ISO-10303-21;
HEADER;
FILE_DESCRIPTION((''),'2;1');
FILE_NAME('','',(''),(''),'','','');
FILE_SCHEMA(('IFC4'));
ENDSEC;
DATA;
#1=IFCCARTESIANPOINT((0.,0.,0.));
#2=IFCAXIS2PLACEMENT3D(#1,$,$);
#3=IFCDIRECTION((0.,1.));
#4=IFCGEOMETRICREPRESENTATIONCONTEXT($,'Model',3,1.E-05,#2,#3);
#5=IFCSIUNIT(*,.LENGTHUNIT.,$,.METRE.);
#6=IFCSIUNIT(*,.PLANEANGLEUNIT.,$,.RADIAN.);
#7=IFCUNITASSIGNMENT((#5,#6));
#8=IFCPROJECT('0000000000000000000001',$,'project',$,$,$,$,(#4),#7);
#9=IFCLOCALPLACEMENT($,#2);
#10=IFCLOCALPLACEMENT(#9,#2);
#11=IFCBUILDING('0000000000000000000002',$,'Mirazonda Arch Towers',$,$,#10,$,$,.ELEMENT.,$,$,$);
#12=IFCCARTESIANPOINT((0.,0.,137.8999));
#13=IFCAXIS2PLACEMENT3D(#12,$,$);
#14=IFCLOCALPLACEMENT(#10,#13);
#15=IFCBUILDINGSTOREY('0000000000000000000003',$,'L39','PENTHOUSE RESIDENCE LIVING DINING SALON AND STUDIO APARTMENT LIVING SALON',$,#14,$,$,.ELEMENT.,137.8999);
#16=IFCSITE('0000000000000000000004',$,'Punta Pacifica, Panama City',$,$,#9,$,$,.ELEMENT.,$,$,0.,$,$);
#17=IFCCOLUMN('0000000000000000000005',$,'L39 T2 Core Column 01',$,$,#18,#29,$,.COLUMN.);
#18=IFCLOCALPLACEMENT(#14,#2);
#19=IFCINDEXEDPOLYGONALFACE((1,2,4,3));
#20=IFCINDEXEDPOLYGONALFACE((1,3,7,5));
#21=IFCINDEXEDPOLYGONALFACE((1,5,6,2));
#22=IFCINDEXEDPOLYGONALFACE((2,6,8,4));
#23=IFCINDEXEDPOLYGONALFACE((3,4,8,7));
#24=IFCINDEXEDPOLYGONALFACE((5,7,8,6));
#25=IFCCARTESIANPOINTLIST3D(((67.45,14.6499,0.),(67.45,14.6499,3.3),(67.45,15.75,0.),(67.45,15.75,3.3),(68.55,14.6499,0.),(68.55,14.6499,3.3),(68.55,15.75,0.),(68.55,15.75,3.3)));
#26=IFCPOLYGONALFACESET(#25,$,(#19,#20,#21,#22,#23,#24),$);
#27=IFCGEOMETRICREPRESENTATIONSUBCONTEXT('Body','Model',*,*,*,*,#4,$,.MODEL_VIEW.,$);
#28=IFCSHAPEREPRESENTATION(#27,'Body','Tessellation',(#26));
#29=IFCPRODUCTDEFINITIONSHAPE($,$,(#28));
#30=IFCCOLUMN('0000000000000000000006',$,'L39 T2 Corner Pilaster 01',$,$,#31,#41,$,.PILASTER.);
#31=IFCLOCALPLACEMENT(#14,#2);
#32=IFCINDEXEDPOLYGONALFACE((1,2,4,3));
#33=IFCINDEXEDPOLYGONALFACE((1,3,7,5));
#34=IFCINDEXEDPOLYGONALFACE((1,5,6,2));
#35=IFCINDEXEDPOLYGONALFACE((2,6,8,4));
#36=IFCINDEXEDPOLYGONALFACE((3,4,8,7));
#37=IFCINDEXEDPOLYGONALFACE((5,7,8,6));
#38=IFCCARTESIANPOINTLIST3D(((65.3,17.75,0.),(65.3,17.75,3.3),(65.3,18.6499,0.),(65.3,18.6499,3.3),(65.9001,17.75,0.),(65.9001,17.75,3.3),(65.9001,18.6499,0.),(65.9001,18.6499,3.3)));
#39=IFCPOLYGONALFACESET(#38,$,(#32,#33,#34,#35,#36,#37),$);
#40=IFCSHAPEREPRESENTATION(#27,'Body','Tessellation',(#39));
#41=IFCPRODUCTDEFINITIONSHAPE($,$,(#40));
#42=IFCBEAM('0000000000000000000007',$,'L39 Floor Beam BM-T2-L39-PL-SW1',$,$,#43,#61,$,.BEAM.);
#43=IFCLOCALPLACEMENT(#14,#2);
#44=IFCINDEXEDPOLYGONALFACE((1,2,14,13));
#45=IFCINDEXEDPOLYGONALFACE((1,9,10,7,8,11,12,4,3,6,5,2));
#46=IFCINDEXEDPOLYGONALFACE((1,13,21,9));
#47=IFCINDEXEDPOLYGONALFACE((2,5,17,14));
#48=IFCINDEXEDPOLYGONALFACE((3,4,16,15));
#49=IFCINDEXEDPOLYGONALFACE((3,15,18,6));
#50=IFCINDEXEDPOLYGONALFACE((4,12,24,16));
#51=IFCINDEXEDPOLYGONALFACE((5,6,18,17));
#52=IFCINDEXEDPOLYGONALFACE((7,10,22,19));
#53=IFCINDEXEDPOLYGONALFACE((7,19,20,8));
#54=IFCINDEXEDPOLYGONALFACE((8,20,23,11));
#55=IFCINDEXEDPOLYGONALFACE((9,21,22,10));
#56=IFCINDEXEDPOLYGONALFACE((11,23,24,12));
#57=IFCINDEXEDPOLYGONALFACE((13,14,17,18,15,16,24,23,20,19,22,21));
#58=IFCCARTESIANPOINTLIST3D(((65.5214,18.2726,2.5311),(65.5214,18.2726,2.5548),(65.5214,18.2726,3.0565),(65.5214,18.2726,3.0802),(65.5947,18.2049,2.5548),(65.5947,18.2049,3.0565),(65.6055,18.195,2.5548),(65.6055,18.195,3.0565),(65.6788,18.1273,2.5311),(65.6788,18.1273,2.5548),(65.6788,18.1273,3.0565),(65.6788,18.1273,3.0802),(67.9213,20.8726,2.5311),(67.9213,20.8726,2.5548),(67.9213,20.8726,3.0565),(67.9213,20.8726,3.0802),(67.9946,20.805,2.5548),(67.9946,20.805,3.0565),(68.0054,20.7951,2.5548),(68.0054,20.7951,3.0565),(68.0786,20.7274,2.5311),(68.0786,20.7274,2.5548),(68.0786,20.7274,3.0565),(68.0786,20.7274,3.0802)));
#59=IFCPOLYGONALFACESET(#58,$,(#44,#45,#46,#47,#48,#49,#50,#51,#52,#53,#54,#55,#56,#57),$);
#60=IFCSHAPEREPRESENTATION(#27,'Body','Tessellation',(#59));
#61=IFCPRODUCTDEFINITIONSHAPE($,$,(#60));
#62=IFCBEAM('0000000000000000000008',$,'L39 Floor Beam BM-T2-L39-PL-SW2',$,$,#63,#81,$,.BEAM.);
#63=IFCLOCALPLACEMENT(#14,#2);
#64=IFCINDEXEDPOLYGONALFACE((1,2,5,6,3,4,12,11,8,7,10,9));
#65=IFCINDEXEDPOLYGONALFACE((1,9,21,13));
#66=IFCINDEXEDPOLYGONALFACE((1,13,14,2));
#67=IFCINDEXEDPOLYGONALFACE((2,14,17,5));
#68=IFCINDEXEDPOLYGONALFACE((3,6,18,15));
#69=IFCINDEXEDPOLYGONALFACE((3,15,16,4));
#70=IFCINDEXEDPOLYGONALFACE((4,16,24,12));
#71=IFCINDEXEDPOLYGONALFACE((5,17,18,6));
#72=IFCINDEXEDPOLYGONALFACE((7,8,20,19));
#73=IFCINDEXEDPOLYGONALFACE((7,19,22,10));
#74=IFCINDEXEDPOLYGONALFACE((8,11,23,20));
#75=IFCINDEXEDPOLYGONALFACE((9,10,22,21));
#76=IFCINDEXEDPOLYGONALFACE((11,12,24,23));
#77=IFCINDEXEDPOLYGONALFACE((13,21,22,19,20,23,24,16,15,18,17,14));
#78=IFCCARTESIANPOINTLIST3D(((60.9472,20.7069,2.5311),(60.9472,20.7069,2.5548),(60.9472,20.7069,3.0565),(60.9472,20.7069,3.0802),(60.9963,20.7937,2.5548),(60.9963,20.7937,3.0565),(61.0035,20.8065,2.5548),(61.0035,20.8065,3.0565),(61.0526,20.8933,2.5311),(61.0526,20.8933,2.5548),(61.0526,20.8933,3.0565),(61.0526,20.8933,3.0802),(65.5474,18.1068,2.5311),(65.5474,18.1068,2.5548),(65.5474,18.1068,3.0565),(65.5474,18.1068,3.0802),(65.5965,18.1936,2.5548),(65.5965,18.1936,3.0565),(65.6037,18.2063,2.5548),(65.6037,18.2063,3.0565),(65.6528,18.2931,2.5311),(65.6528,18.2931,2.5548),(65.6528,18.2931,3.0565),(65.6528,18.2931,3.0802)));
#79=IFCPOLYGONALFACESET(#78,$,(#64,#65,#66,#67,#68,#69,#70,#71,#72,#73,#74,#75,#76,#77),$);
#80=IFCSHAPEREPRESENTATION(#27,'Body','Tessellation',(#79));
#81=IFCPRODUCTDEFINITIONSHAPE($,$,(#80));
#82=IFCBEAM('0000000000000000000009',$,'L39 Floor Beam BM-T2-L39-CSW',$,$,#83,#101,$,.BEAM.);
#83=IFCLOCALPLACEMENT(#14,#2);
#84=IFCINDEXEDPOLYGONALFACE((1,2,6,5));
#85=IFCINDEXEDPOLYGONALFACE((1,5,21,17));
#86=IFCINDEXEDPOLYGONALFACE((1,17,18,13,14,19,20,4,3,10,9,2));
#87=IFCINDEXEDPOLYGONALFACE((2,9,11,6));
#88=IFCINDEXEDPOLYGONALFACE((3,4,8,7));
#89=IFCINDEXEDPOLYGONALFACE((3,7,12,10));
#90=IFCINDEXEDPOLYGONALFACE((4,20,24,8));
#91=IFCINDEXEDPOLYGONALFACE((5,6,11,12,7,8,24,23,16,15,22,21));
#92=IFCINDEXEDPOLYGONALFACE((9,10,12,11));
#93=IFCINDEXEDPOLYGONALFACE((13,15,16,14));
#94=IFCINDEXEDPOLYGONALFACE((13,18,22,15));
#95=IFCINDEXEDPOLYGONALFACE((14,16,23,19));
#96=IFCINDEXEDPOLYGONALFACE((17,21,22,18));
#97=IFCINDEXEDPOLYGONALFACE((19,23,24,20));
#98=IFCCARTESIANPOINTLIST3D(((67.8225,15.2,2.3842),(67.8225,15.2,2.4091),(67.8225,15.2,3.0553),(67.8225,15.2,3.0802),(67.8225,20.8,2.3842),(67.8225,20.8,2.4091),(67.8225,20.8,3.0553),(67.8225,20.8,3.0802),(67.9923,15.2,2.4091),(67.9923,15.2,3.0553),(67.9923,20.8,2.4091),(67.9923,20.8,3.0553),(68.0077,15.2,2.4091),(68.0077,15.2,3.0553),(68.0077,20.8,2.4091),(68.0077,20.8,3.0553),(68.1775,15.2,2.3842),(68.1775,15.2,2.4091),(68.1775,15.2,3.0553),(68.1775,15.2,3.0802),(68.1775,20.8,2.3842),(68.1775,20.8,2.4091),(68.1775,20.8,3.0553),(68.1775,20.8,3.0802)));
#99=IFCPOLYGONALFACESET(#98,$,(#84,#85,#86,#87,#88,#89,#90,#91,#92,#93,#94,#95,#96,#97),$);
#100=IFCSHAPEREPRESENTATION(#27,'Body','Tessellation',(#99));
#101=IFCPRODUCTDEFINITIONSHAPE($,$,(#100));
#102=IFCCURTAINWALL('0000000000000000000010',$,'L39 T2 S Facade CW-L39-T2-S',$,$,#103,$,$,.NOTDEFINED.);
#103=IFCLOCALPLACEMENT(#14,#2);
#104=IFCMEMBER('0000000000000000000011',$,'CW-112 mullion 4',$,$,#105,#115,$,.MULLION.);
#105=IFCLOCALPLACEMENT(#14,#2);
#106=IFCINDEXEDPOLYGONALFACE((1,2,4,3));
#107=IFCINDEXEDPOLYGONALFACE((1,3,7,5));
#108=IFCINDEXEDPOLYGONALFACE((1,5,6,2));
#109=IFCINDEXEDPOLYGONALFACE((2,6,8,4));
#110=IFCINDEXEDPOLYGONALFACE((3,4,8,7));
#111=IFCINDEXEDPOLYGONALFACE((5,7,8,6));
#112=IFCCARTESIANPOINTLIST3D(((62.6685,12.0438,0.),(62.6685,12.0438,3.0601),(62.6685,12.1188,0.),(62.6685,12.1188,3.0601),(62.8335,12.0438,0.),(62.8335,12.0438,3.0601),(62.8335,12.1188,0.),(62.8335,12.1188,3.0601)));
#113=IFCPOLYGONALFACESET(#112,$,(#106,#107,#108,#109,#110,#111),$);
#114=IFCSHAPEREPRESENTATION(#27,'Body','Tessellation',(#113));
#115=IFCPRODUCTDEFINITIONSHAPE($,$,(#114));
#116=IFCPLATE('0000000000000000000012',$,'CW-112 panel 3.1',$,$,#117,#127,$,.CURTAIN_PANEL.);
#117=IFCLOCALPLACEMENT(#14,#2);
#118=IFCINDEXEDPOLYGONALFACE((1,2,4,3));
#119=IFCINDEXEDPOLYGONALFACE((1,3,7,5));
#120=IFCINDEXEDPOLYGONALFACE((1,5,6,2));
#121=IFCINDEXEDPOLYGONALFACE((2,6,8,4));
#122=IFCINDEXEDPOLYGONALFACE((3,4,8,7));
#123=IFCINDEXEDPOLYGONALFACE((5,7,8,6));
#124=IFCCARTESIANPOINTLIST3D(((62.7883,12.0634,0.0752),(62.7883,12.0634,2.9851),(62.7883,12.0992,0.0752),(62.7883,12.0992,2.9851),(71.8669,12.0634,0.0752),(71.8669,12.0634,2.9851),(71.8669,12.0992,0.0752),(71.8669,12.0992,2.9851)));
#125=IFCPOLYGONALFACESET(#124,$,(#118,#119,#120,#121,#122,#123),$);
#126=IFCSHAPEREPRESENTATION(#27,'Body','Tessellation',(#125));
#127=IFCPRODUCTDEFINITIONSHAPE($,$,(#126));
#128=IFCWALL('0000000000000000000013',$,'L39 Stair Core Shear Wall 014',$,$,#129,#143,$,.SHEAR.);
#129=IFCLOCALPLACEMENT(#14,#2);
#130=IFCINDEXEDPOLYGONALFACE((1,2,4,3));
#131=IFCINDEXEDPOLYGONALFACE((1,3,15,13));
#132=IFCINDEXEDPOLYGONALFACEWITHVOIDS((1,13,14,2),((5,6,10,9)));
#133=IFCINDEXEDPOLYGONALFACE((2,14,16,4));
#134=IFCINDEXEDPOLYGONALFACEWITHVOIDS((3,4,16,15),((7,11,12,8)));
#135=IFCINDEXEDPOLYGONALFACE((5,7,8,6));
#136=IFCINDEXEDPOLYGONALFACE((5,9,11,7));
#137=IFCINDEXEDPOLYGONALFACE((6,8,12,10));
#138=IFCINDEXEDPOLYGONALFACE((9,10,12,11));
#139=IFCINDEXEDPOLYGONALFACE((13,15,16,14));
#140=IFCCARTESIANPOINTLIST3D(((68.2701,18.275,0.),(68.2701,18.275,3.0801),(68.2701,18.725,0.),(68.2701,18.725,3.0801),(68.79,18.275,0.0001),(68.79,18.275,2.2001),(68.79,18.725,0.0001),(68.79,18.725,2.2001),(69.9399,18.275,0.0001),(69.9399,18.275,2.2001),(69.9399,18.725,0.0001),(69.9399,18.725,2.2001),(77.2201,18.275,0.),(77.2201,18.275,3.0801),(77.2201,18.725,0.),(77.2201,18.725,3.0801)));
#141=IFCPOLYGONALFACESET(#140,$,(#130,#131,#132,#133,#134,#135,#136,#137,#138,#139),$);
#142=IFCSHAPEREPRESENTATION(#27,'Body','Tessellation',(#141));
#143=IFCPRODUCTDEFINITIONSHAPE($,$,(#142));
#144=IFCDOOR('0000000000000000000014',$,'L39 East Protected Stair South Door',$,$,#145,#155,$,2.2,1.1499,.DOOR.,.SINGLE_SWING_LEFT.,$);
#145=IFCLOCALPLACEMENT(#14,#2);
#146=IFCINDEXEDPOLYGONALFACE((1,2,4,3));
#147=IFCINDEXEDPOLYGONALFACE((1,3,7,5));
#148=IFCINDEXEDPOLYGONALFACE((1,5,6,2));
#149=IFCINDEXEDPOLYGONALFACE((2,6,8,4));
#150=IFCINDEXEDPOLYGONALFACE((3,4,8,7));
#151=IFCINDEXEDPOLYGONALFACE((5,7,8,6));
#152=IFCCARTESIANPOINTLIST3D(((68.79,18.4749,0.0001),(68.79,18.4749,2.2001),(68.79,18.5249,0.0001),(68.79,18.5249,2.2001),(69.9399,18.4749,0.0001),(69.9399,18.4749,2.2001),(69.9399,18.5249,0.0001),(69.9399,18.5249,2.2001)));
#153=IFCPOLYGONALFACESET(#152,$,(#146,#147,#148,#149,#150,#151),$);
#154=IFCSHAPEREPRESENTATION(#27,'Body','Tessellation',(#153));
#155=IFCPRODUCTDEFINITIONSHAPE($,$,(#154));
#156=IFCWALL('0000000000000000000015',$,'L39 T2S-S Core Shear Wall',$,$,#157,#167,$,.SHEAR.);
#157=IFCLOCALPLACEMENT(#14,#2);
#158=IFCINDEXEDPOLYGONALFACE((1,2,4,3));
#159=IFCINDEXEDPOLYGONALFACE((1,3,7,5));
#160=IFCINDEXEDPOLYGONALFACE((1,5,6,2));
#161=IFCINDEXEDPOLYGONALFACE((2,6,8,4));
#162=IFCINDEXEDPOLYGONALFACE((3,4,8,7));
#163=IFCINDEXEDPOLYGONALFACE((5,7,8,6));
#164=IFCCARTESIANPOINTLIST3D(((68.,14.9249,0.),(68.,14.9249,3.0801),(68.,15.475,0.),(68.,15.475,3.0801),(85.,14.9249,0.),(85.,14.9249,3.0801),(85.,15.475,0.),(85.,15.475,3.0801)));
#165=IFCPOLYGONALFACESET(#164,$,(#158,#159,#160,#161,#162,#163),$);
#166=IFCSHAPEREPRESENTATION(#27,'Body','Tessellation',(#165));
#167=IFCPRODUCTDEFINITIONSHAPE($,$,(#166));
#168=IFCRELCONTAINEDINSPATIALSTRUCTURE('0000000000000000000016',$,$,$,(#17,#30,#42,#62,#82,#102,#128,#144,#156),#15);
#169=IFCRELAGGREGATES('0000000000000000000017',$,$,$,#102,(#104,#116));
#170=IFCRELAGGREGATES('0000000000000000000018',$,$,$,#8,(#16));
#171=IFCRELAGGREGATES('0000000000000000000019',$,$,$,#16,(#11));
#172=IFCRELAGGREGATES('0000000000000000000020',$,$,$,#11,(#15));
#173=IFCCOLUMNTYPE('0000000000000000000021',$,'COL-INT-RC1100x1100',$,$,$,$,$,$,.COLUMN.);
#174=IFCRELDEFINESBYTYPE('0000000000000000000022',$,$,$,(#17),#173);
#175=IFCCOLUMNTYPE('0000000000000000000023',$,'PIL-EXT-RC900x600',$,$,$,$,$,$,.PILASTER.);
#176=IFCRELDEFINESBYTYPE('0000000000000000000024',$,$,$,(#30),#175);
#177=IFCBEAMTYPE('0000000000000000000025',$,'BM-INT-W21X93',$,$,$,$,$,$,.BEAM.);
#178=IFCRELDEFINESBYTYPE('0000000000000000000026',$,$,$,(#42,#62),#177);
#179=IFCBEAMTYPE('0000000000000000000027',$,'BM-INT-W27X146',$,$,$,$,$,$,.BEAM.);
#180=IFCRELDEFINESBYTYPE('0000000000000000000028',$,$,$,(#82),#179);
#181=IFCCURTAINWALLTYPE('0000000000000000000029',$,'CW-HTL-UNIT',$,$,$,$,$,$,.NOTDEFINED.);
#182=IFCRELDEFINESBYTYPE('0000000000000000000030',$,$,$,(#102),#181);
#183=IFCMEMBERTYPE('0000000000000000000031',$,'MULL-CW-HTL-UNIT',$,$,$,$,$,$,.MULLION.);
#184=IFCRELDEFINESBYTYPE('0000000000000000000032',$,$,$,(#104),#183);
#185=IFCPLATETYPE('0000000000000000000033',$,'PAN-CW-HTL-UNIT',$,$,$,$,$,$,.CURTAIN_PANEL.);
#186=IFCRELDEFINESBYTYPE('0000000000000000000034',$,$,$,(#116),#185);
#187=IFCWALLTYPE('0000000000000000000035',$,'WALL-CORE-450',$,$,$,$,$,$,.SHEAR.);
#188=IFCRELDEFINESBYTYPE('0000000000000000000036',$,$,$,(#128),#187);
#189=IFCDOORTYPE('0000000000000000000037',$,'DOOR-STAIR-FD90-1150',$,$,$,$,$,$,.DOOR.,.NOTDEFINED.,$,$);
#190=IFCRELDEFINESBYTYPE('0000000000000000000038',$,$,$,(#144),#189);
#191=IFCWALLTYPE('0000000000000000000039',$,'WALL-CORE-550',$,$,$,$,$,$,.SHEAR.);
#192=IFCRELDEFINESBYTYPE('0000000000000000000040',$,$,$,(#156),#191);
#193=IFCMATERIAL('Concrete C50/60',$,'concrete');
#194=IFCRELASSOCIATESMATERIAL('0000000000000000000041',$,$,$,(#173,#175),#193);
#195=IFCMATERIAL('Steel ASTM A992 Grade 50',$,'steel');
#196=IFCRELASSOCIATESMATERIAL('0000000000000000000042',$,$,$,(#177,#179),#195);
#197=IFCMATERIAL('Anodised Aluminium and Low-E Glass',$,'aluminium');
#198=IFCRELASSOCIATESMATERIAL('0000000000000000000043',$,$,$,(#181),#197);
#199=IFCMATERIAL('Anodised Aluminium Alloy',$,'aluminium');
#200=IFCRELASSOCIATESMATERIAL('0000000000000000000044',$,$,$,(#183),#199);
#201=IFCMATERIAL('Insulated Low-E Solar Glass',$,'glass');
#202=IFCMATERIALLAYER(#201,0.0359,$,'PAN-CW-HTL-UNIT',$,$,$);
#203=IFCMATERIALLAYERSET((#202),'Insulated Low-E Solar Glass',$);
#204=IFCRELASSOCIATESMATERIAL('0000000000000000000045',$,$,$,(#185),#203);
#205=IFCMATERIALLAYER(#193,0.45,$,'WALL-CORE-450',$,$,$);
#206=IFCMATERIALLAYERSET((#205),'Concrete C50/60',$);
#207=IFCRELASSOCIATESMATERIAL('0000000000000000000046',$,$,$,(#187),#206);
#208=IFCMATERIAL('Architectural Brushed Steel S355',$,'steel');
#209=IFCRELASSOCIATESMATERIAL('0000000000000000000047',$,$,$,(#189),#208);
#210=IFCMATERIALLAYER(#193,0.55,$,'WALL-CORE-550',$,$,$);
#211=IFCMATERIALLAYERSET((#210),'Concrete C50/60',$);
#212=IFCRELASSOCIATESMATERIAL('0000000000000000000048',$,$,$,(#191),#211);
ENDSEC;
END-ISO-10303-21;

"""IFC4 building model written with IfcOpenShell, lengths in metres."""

from ifc_helpers import new_model, si_unit, direction, frame, frame_2d, origin, origin_2d, place, context, subcontext, project, spatial, rectangle, i_section, extrude, material, layer, layer_set, material_profile, profile_set, type_object, element, fill, aggregate, save


model = new_model("IFC4")

# Units and contexts
model_context = context("Model", 3, precision=1e-05, world=origin(), true_north=direction((0.0, 1.0)))
body_context = subcontext(model_context, "Body", "Model", "MODEL_VIEW")
ifc_project = project(units=[si_unit("LENGTHUNIT", "METRE"), si_unit("PLANEANGLEUNIT", "RADIAN")], contexts=[model_context])

# Site, building, storey
site_placement = place(None, origin())
site = spatial("IfcSite", under=ifc_project, at=site_placement, Name="Punta Pacifica, Panama City", CompositionType="ELEMENT", RefElevation=0.0)
building_placement = place(site_placement, origin())
building = spatial("IfcBuilding", under=site, at=building_placement, Name="Mirazonda Arch Towers", CompositionType="ELEMENT")
storey_placement = place(building_placement, frame((0.0, 0.0, 137.8999)))
storey = spatial("IfcBuildingStorey", under=building, at=storey_placement, Name="L39", Description="PENTHOUSE RESIDENCE LIVING DINING SALON AND STUDIO APARTMENT LIVING SALON", CompositionType="ELEMENT", Elevation=137.8999)

# Columns
ifc_material_1 = material(Name="Concrete C50/60", Category="concrete")
ifc_material_profile_1 = material_profile(ifc_material_1, rectangle(XDim=1.1001, YDim=1.1001, at=origin_2d()), Name="RC1100x1100")
ifc_profile_set_1 = profile_set([ifc_material_profile_1], Name="Concrete C50/60")
column_type_1 = type_object("IfcColumnType", Name="COL-INT-RC1100x1100", PredefinedType="COLUMN", material=ifc_profile_set_1)
column_1_placement = place(storey_placement, frame((68.0, 15.2, 0.0), z_axis=(0.0, 0.0, 1.0), x_axis=(1.0, 0.0, 0.0)))
element("IfcColumn", 1, at=column_1_placement, inside=storey, type_object=column_type_1, Name="L39 T2 Core Column 01", PredefinedType="COLUMN", context=body_context, shape_type="SweptSolid", body=[
    extrude(rectangle(XDim=1.1001, YDim=1.1001, at=origin_2d()), origin(), (0.0, 0.0, 1.0), 3.3),
])
ifc_material_profile_2 = material_profile(ifc_material_1, rectangle(XDim=0.6001, YDim=0.8999, at=origin_2d()), Name="RC900x600")
ifc_profile_set_2 = profile_set([ifc_material_profile_2], Name="Concrete C50/60")
column_type_2 = type_object("IfcColumnType", Name="PIL-EXT-RC900x600", PredefinedType="PILASTER", material=ifc_profile_set_2)
column_2_placement = place(storey_placement, frame((65.6001, 18.2, 0.0), z_axis=(0.0, 0.0, 1.0), x_axis=(1.0, 0.0, 0.0)))
element("IfcColumn", 2, at=column_2_placement, inside=storey, type_object=column_type_2, Name="L39 T2 Corner Pilaster 01", PredefinedType="PILASTER", context=body_context, shape_type="SweptSolid", body=[
    extrude(rectangle(XDim=0.6001, YDim=0.8999, at=origin_2d()), origin(), (0.0, 0.0, 1.0), 3.3),
])

# Beams
ifc_material_2 = material(Name="Steel ASTM A992 Grade 50", Category="steel")
ifc_material_profile_3 = material_profile(ifc_material_2, i_section(OverallWidth=0.2141, OverallDepth=0.5491, WebThickness=0.0146, FlangeThickness=0.0237, at=origin_2d()), Name="W21X93")
ifc_profile_set_3 = profile_set([ifc_material_profile_3], Name="Steel ASTM A992 Grade 50")
beam_type_1 = type_object("IfcBeamType", Name="BM-INT-W21X93", PredefinedType="BEAM", material=ifc_profile_set_3)
beam_1_placement = place(storey_placement, frame((65.6001, 18.2, 2.8057), z_axis=(0.678251, 0.73483, 0.0), x_axis=(-0.73483, 0.678251, 0.0)))
element("IfcBeam", 3, at=beam_1_placement, inside=storey, type_object=beam_type_1, Name="L39 Floor Beam BM-T2-L39-PL-SW1", PredefinedType="BEAM", context=body_context, shape_type="SweptSolid", body=[
    extrude(i_section(OverallWidth=0.2141, OverallDepth=0.5491, WebThickness=0.0146, FlangeThickness=0.0237, at=origin_2d()), origin(), (0.0, 0.0, 1.0), 3.5383),
])
beam_2_placement = place(storey_placement, frame((65.6001, 18.2, 2.8057), z_axis=(-0.870559, 0.492063, 0.0), x_axis=(-0.492063, -0.870559, 0.0)))
element("IfcBeam", 4, at=beam_2_placement, inside=storey, type_object=beam_type_1, Name="L39 Floor Beam BM-T2-L39-PL-SW2", PredefinedType="BEAM", context=body_context, shape_type="SweptSolid", body=[
    extrude(i_section(OverallWidth=0.2141, OverallDepth=0.5491, WebThickness=0.0146, FlangeThickness=0.0237, at=origin_2d()), origin(), (0.0, 0.0, 1.0), 5.2842),
])
ifc_material_profile_4 = material_profile(ifc_material_2, i_section(OverallWidth=0.355, OverallDepth=0.696, WebThickness=0.0154, FlangeThickness=0.0249, at=origin_2d()), Name="W27X146")
ifc_profile_set_4 = profile_set([ifc_material_profile_4], Name="Steel ASTM A992 Grade 50")
beam_type_2 = type_object("IfcBeamType", Name="BM-INT-W27X146", PredefinedType="BEAM", material=ifc_profile_set_4)
beam_3_placement = place(storey_placement, frame((68.0, 15.2, 2.7322), z_axis=(0.0, 1.0, 0.0), x_axis=(-1.0, 0.0, 0.0)))
element("IfcBeam", 5, at=beam_3_placement, inside=storey, type_object=beam_type_2, Name="L39 Floor Beam BM-T2-L39-CSW", PredefinedType="BEAM", context=body_context, shape_type="SweptSolid", body=[
    extrude(i_section(OverallWidth=0.355, OverallDepth=0.696, WebThickness=0.0154, FlangeThickness=0.0249, at=origin_2d()), origin(), (0.0, 0.0, 1.0), 5.6001),
])

# Curtain wall, member, plate
ifc_material_3 = material(Name="Anodised Aluminium and Low-E Glass", Category="aluminium")
curtain_wall_type = type_object("IfcCurtainWallType", Name="CW-HTL-UNIT", PredefinedType="NOTDEFINED", material=ifc_material_3)
curtain_wall_placement = place(storey_placement, origin())
curtain_wall = element("IfcCurtainWall", 6, at=curtain_wall_placement, inside=storey, type_object=curtain_wall_type, Name="L39 T2 S Facade CW-L39-T2-S", PredefinedType="NOTDEFINED")
ifc_material_4 = material(Name="Anodised Aluminium Alloy", Category="aluminium")
ifc_material_profile_5 = material_profile(ifc_material_4, rectangle(XDim=0.075, YDim=0.165, at=origin_2d()), Name="ALU-MULL-75x165")
ifc_profile_set_5 = profile_set([ifc_material_profile_5], Name="Anodised Aluminium Alloy")
member_type = type_object("IfcMemberType", Name="MULL-CW-HTL-UNIT", PredefinedType="MULLION", material=ifc_profile_set_5)
member_placement = place(storey_placement, frame((62.751, 12.0813, 0.0), z_axis=(0.0, 0.0, 1.0), x_axis=(0.0, -1.0, 0.0)))
member = element("IfcMember", 7, at=member_placement, type_object=member_type, Name="CW-112 mullion 4", PredefinedType="MULLION", context=body_context, shape_type="SweptSolid", body=[
    extrude(rectangle(XDim=0.075, YDim=0.165, at=origin_2d()), origin(), (0.0, 0.0, 1.0), 3.0601),
])
ifc_material_5 = material(Name="Insulated Low-E Solar Glass", Category="glass")
ifc_layer_1 = layer(ifc_material_5, 0.0359, Name="PAN-CW-HTL-UNIT")
ifc_layer_set_1 = layer_set([ifc_layer_1], Name="Insulated Low-E Solar Glass")
plate_type = type_object("IfcPlateType", Name="PAN-CW-HTL-UNIT", PredefinedType="CURTAIN_PANEL", material=ifc_layer_set_1)
plate_placement = place(storey_placement, frame((67.3276, 12.0813, 0.0752), z_axis=(0.0, 0.0, 1.0), x_axis=(-1.0, 0.0, 0.0)))
plate = element("IfcPlate", 8, at=plate_placement, type_object=plate_type, Name="CW-112 panel 3.1", PredefinedType="CURTAIN_PANEL", context=body_context, shape_type="SweptSolid", body=[
    extrude(rectangle(XDim=9.0786, YDim=0.0359, at=origin_2d()), origin(), (0.0, 0.0, 1.0), 2.9099),
])
aggregate(curtain_wall, [member, plate])

# Wall, opening, door
ifc_layer_2 = layer(ifc_material_1, 0.45, Name="WALL-CORE-450")
ifc_layer_set_2 = layer_set([ifc_layer_2], Name="Concrete C50/60")
wall_type_1 = type_object("IfcWallType", Name="WALL-CORE-450", PredefinedType="SHEAR", material=ifc_layer_set_2)
wall_1_placement = place(storey_placement, frame((68.27, 18.5, 0.0), z_axis=(0.0, 0.0, 1.0), x_axis=(1.0, 0.0, 0.0)))
wall_1 = element("IfcWall", 9, at=wall_1_placement, inside=storey, type_object=wall_type_1, Name="L39 Stair Core Shear Wall 014", PredefinedType="SHEAR", context=body_context, shape_type="SweptSolid", body=[
    extrude(rectangle(XDim=8.95, YDim=0.45, at=frame_2d((4.4751, 0.0))), origin(), (0.0, 0.0, 1.0), 3.0801),
])
opening_1_placement = place(wall_1_placement, frame((0.52, 0.0, 0.0)))
opening_1 = element("IfcOpeningElement", 10, at=opening_1_placement, cuts=wall_1, PredefinedType="OPENING", context=body_context, shape_type="SweptSolid", body=[
    extrude(rectangle(XDim=1.1499, YDim=2.2, at=frame_2d((0.575, 1.1001))), frame((0.0, 0.2349, 0.0), z_axis=(0.0, -1.0, 0.0), x_axis=(1.0, 0.0, 0.0)), (0.0, 0.0, 1.0), 0.47),
])
ifc_material_6 = material(Name="Architectural Brushed Steel S355", Category="steel")
door_type_1 = type_object("IfcDoorType", Name="DOOR-STAIR-FD90-1150", OperationType="NOTDEFINED", PredefinedType="DOOR", material=ifc_material_6)
door_1_placement = place(opening_1_placement, origin())
door_1 = element("IfcDoor", 11, at=door_1_placement, inside=storey, type_object=door_type_1, Name="L39 East Protected Stair South Door", OperationType="SINGLE_SWING_LEFT", OverallHeight=2.2, OverallWidth=1.1499, PredefinedType="DOOR", context=body_context, shape_type="SweptSolid", body=[
    extrude(rectangle(XDim=1.1499, YDim=2.2, at=frame_2d((0.575, 1.1001))), frame((0.0, 0.0249, 0.0), z_axis=(0.0, -1.0, 0.0), x_axis=(1.0, 0.0, 0.0)), (0.0, 0.0, 1.0), 0.05),
])
fill(opening_1, door_1)

# Wall
ifc_layer_3 = layer(ifc_material_1, 0.55, Name="WALL-CORE-550")
ifc_layer_set_3 = layer_set([ifc_layer_3], Name="Concrete C50/60")
wall_type_2 = type_object("IfcWallType", Name="WALL-CORE-550", PredefinedType="SHEAR", material=ifc_layer_set_3)
wall_2_placement = place(storey_placement, frame((68.0, 15.2, 0.0), z_axis=(0.0, 0.0, 1.0), x_axis=(1.0, 0.0, 0.0)))
element("IfcWall", 12, at=wall_2_placement, inside=storey, type_object=wall_type_2, Name="L39 T2S-S Core Shear Wall", PredefinedType="SHEAR", context=body_context, shape_type="SweptSolid", body=[
    extrude(rectangle(XDim=17.0, YDim=0.55, at=frame_2d((8.5, 0.0))), origin(), (0.0, 0.0, 1.0), 3.0801),
])

save(model, "model.ifc")
